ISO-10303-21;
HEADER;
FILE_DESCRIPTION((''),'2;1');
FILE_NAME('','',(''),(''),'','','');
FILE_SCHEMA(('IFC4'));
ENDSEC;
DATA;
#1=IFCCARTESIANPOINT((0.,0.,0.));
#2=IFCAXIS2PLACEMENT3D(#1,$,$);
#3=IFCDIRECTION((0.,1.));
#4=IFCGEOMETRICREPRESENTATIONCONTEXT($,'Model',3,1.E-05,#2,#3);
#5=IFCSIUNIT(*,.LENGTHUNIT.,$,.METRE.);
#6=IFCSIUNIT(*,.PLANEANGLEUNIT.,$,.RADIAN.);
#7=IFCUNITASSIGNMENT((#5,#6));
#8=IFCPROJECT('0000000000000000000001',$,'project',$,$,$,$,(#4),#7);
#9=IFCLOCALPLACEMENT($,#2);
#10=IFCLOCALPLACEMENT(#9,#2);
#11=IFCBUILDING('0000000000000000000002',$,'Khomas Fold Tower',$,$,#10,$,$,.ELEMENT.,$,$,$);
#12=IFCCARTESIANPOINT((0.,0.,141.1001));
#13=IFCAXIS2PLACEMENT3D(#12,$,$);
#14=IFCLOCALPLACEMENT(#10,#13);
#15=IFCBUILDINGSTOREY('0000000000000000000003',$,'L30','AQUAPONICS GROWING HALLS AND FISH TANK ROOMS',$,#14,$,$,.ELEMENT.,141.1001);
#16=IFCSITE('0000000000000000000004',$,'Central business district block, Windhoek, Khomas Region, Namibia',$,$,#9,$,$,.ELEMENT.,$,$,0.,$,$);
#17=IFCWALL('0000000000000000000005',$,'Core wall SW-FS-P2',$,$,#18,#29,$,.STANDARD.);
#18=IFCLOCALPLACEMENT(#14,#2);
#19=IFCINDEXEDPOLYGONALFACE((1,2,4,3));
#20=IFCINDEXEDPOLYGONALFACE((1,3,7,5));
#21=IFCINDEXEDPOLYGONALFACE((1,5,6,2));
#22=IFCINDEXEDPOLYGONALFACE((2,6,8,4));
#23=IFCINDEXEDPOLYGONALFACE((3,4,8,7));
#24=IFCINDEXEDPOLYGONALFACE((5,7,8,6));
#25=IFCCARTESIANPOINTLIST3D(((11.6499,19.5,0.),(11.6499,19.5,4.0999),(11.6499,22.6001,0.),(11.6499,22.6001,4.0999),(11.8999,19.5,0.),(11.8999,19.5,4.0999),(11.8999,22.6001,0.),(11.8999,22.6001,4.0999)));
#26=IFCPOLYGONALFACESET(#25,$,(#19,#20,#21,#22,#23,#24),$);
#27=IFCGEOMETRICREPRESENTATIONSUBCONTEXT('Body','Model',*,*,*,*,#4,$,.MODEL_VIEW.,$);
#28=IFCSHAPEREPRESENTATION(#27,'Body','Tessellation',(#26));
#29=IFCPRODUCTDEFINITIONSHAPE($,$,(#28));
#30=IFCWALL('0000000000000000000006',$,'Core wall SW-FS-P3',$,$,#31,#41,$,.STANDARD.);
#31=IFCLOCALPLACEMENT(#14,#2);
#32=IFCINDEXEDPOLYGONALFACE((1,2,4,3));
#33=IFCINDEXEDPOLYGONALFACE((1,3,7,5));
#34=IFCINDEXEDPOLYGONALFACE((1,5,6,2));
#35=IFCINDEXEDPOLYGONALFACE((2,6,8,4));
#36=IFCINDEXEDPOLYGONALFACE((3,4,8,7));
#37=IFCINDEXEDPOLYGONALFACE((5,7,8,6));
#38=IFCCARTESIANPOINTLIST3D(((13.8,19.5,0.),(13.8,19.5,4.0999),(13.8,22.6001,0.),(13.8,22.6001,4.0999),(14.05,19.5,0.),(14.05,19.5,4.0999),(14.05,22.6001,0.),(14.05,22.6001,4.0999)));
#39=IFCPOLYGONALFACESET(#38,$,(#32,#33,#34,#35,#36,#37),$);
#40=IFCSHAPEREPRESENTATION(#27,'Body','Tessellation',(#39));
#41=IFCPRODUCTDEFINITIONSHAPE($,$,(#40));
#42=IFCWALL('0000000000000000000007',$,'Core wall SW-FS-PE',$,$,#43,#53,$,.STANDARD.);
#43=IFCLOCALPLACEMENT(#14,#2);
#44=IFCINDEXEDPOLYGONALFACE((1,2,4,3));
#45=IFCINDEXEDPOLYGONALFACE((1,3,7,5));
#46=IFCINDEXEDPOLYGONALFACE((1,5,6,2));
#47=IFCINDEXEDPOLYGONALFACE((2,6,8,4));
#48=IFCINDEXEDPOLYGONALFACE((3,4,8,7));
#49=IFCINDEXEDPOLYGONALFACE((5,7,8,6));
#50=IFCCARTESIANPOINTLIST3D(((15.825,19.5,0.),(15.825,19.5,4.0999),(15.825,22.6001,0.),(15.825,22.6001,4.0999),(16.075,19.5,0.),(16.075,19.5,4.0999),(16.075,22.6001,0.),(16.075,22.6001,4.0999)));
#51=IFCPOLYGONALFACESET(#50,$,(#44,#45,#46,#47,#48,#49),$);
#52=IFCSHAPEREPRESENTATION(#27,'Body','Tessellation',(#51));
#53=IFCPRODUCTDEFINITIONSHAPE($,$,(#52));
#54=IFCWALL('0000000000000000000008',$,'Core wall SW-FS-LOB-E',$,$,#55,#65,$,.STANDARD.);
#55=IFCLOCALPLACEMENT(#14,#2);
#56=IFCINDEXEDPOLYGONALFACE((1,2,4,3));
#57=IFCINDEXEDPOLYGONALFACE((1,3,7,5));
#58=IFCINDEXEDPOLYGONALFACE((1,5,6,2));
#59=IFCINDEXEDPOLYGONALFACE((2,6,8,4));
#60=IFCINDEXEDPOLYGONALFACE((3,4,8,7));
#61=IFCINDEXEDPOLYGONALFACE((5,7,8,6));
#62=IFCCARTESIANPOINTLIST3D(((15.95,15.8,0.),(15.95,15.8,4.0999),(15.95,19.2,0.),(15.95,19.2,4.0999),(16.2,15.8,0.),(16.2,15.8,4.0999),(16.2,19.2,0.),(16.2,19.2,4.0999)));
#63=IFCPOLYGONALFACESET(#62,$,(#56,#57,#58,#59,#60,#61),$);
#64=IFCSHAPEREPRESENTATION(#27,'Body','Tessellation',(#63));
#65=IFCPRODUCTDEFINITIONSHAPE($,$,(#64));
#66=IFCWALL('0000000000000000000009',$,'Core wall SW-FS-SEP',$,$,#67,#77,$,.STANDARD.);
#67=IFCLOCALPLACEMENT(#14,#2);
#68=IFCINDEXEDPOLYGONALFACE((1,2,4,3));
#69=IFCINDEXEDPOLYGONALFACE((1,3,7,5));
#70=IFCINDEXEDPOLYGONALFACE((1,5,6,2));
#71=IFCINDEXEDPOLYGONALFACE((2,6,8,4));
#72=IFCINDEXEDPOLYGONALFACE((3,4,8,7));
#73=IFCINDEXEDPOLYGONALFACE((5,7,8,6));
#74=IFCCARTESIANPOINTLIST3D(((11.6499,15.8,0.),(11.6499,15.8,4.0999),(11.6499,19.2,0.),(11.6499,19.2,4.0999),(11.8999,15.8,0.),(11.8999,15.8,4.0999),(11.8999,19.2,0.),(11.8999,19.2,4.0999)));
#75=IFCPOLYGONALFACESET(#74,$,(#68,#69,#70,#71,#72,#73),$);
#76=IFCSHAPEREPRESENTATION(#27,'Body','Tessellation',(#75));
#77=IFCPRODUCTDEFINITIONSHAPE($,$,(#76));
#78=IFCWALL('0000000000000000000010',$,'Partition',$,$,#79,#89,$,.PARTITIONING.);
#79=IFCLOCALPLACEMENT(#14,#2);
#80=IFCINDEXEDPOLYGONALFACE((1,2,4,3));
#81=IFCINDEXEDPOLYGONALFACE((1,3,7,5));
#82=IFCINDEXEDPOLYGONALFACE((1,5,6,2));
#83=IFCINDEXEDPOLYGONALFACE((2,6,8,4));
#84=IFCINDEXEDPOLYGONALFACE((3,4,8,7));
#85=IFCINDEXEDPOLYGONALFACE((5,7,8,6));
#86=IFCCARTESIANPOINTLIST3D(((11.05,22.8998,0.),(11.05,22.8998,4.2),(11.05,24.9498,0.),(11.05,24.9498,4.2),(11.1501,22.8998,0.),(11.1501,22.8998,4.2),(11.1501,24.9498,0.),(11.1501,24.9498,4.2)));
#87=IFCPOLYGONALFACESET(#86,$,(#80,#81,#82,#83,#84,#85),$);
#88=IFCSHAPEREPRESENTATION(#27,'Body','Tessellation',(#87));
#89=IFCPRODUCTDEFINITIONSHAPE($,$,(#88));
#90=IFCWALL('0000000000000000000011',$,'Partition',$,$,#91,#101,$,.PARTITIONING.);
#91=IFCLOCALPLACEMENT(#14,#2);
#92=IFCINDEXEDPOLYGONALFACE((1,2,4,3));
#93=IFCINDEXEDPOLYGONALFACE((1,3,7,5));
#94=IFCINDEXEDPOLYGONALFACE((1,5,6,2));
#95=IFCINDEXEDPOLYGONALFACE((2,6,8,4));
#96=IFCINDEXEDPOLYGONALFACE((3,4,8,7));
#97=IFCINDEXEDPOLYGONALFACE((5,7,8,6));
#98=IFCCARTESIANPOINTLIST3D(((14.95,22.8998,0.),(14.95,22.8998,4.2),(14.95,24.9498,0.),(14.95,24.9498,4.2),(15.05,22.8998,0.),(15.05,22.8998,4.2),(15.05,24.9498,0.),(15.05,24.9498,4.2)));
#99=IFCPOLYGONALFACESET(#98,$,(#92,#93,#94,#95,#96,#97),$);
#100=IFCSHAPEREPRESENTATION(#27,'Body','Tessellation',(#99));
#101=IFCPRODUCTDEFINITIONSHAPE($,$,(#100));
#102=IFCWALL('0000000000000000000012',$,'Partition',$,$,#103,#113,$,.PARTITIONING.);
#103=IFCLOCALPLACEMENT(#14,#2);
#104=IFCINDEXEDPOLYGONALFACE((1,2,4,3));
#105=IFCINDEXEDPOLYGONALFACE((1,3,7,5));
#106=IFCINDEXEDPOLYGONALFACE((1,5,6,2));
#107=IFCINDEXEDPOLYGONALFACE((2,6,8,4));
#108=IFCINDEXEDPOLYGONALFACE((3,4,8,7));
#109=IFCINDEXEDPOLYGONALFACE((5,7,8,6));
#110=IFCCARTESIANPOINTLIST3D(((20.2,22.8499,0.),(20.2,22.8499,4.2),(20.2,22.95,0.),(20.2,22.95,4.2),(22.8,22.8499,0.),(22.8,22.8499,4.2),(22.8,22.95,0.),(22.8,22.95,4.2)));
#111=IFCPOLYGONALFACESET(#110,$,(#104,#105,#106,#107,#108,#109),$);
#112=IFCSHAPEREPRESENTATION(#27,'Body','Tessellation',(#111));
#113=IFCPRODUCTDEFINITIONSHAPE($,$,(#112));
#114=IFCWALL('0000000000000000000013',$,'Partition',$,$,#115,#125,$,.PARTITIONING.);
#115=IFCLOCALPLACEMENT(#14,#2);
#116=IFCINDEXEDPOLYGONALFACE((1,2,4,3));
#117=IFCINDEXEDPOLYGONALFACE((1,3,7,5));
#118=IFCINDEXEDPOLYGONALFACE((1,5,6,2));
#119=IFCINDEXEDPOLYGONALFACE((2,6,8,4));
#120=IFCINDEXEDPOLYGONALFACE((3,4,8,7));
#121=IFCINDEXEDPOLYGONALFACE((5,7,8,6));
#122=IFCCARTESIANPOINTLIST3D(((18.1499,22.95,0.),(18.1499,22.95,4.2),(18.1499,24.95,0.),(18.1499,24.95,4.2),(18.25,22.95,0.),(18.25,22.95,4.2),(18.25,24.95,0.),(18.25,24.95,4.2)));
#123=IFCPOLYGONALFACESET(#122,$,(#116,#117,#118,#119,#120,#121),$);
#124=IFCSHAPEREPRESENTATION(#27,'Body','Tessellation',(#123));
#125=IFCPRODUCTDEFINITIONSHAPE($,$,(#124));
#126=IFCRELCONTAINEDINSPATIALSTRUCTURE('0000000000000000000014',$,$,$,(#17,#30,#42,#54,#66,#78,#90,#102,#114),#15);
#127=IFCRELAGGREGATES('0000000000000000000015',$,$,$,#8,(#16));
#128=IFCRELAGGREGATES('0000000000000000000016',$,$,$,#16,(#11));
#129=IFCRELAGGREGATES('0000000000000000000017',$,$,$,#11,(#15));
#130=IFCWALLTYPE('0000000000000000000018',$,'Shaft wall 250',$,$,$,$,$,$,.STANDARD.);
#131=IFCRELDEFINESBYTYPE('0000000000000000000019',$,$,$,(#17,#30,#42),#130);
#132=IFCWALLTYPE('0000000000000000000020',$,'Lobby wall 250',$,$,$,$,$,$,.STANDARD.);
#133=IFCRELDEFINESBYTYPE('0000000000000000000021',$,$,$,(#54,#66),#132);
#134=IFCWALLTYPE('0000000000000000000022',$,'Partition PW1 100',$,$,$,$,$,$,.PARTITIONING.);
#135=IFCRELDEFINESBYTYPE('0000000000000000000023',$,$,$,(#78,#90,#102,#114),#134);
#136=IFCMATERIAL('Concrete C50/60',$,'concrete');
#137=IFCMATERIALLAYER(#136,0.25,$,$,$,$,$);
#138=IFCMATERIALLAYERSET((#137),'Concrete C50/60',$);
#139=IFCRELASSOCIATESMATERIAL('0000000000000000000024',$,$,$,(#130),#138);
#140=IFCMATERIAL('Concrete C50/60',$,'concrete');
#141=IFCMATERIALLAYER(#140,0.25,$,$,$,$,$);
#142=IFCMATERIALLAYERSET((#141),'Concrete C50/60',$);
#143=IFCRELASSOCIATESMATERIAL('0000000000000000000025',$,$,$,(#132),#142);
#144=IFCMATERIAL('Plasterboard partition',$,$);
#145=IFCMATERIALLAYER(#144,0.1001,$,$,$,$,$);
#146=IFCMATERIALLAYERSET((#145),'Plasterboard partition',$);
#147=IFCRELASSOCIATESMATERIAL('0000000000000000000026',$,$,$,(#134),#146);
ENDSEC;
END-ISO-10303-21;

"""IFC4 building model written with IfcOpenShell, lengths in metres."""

from ifc_helpers import new_model, si_unit, direction, frame, frame_2d, origin, place, context, subcontext, project, spatial, rectangle, extrude, source, transform, mapped, material, layer, layer_set, type_object, element, save


model = new_model("IFC4")

# Units and contexts
model_context = context("Model", 3, precision=1e-05, world=origin(), true_north=direction((0.0, 1.0)))
body_context = subcontext(model_context, "Body", "Model", "MODEL_VIEW")
ifc_project = project(units=[si_unit("LENGTHUNIT", "METRE"), si_unit("PLANEANGLEUNIT", "RADIAN")], contexts=[model_context])

# Site, building, storey
site_placement = place(None, origin())
site = spatial("IfcSite", under=ifc_project, at=site_placement, Name="Central business district block, Windhoek, Khomas Region, Namibia", CompositionType="ELEMENT", RefElevation=0.0)
building_placement = place(site_placement, origin())
building = spatial("IfcBuilding", under=site, at=building_placement, Name="Khomas Fold Tower", CompositionType="ELEMENT")
storey_placement = place(building_placement, frame((0.0, 0.0, 141.1001)))
storey = spatial("IfcBuildingStorey", under=building, at=storey_placement, Name="L30", Description="AQUAPONICS GROWING HALLS AND FISH TANK ROOMS", CompositionType="ELEMENT", Elevation=141.1001)

# Walls
ifc_material_1 = material(Name="Concrete C50/60", Category="concrete")
ifc_layer_1 = layer(ifc_material_1, 0.25)
ifc_layer_set_1 = layer_set([ifc_layer_1], Name="Concrete C50/60")
wall_type_1 = type_object("IfcWallType", Name="Shaft wall 250", PredefinedType="STANDARD", material=ifc_layer_set_1)
shared_shape_1 = source(origin(), body_context, "Body", "SweptSolid", [
    extrude(rectangle(XDim=3.1001, YDim=0.25, at=frame_2d((1.55, 0.0))), origin(), (0.0, 0.0, 1.0), 4.0999),
])
for number, where, z_axis, x_axis, name in (
    (1, (11.7749, 19.5, 0.0), (0.0, 0.0, 1.0), (0.0, 1.0, 0.0), "Core wall SW-FS-P2"),
    (2, (13.925, 19.5, 0.0), (0.0, 0.0, 1.0), (0.0, 1.0, 0.0), "Core wall SW-FS-P3"),
    (3, (15.95, 19.5, 0.0), (0.0, 0.0, 1.0), (0.0, 1.0, 0.0), "Core wall SW-FS-PE"),
):
    element("IfcWall", number, at=place(storey_placement, frame(where, z_axis=z_axis, x_axis=x_axis)), inside=storey, type_object=wall_type_1, Name=name, PredefinedType="STANDARD", context=body_context, shape_type="MappedRepresentation", body=[
        mapped(shared_shape_1, transform((0.0, 0.0, 0.0))),
    ])
ifc_material_2 = material(Name="Concrete C50/60", Category="concrete")
ifc_layer_2 = layer(ifc_material_2, 0.25)
ifc_layer_set_2 = layer_set([ifc_layer_2], Name="Concrete C50/60")
wall_type_2 = type_object("IfcWallType", Name="Lobby wall 250", PredefinedType="STANDARD", material=ifc_layer_set_2)
shared_shape_2 = source(origin(), body_context, "Body", "SweptSolid", [
    extrude(rectangle(XDim=3.3999, YDim=0.25, at=frame_2d((1.7, 0.0))), origin(), (0.0, 0.0, 1.0), 4.0999),
])
for number, where, z_axis, x_axis, name in (
    (4, (16.075, 15.8, 0.0), (0.0, 0.0, 1.0), (0.0, 1.0, 0.0), "Core wall SW-FS-LOB-E"),
    (5, (11.7749, 15.8, 0.0), (0.0, 0.0, 1.0), (0.0, 1.0, 0.0), "Core wall SW-FS-SEP"),
):
    element("IfcWall", number, at=place(storey_placement, frame(where, z_axis=z_axis, x_axis=x_axis)), inside=storey, type_object=wall_type_2, Name=name, PredefinedType="STANDARD", context=body_context, shape_type="MappedRepresentation", body=[
        mapped(shared_shape_2, transform((0.0, 0.0, 0.0))),
    ])
ifc_material_3 = material(Name="Plasterboard partition")
ifc_layer_3 = layer(ifc_material_3, 0.1001)
ifc_layer_set_3 = layer_set([ifc_layer_3], Name="Plasterboard partition")
wall_type_3 = type_object("IfcWallType", Name="Partition PW1 100", PredefinedType="PARTITIONING", material=ifc_layer_set_3)
shared_shape_3 = source(origin(), body_context, "Body", "SweptSolid", [
    extrude(rectangle(XDim=2.05, YDim=0.1001, at=frame_2d((1.0249, 0.0))), origin(), (0.0, 0.0, 1.0), 4.2),
])
for number, where, z_axis, x_axis, name in (
    (6, (11.1001, 22.8999, 0.0), (0.0, 0.0, 1.0), (0.0, 1.0, 0.0), "Partition"),
    (7, (15.0, 22.8999, 0.0), (0.0, 0.0, 1.0), (0.0, 1.0, 0.0), "Partition"),
):
    element("IfcWall", number, at=place(storey_placement, frame(where, z_axis=z_axis, x_axis=x_axis)), inside=storey, type_object=wall_type_3, Name=name, PredefinedType="PARTITIONING", context=body_context, shape_type="MappedRepresentation", body=[
        mapped(shared_shape_3, transform((0.0, 0.0, 0.0))),
    ])
shared_shape_4 = source(origin(), body_context, "Body", "SweptSolid", [
    extrude(rectangle(XDim=2.6001, YDim=0.1001, at=frame_2d((1.3, 0.0))), origin(), (0.0, 0.0, 1.0), 4.2),
])
wall_1_placement = place(storey_placement, frame((20.2, 22.8999, 0.0), z_axis=(0.0, 0.0, 1.0), x_axis=(1.0, 0.0, 0.0)))
element("IfcWall", 8, at=wall_1_placement, inside=storey, type_object=wall_type_3, Name="Partition", PredefinedType="PARTITIONING", context=body_context, shape_type="MappedRepresentation", body=[
    mapped(shared_shape_4, transform((0.0, 0.0, 0.0))),
])
shared_shape_5 = source(origin(), body_context, "Body", "SweptSolid", [
    extrude(rectangle(XDim=2.0, YDim=0.1001, at=frame_2d((1.0, 0.0))), origin(), (0.0, 0.0, 1.0), 4.2),
])
wall_2_placement = place(storey_placement, frame((18.2, 22.95, 0.0), z_axis=(0.0, 0.0, 1.0), x_axis=(0.0, 1.0, 0.0)))
element("IfcWall", 9, at=wall_2_placement, inside=storey, type_object=wall_type_3, Name="Partition", PredefinedType="PARTITIONING", context=body_context, shape_type="MappedRepresentation", body=[
    mapped(shared_shape_5, transform((0.0, 0.0, 0.0))),
])

save(model, "model.ifc")
